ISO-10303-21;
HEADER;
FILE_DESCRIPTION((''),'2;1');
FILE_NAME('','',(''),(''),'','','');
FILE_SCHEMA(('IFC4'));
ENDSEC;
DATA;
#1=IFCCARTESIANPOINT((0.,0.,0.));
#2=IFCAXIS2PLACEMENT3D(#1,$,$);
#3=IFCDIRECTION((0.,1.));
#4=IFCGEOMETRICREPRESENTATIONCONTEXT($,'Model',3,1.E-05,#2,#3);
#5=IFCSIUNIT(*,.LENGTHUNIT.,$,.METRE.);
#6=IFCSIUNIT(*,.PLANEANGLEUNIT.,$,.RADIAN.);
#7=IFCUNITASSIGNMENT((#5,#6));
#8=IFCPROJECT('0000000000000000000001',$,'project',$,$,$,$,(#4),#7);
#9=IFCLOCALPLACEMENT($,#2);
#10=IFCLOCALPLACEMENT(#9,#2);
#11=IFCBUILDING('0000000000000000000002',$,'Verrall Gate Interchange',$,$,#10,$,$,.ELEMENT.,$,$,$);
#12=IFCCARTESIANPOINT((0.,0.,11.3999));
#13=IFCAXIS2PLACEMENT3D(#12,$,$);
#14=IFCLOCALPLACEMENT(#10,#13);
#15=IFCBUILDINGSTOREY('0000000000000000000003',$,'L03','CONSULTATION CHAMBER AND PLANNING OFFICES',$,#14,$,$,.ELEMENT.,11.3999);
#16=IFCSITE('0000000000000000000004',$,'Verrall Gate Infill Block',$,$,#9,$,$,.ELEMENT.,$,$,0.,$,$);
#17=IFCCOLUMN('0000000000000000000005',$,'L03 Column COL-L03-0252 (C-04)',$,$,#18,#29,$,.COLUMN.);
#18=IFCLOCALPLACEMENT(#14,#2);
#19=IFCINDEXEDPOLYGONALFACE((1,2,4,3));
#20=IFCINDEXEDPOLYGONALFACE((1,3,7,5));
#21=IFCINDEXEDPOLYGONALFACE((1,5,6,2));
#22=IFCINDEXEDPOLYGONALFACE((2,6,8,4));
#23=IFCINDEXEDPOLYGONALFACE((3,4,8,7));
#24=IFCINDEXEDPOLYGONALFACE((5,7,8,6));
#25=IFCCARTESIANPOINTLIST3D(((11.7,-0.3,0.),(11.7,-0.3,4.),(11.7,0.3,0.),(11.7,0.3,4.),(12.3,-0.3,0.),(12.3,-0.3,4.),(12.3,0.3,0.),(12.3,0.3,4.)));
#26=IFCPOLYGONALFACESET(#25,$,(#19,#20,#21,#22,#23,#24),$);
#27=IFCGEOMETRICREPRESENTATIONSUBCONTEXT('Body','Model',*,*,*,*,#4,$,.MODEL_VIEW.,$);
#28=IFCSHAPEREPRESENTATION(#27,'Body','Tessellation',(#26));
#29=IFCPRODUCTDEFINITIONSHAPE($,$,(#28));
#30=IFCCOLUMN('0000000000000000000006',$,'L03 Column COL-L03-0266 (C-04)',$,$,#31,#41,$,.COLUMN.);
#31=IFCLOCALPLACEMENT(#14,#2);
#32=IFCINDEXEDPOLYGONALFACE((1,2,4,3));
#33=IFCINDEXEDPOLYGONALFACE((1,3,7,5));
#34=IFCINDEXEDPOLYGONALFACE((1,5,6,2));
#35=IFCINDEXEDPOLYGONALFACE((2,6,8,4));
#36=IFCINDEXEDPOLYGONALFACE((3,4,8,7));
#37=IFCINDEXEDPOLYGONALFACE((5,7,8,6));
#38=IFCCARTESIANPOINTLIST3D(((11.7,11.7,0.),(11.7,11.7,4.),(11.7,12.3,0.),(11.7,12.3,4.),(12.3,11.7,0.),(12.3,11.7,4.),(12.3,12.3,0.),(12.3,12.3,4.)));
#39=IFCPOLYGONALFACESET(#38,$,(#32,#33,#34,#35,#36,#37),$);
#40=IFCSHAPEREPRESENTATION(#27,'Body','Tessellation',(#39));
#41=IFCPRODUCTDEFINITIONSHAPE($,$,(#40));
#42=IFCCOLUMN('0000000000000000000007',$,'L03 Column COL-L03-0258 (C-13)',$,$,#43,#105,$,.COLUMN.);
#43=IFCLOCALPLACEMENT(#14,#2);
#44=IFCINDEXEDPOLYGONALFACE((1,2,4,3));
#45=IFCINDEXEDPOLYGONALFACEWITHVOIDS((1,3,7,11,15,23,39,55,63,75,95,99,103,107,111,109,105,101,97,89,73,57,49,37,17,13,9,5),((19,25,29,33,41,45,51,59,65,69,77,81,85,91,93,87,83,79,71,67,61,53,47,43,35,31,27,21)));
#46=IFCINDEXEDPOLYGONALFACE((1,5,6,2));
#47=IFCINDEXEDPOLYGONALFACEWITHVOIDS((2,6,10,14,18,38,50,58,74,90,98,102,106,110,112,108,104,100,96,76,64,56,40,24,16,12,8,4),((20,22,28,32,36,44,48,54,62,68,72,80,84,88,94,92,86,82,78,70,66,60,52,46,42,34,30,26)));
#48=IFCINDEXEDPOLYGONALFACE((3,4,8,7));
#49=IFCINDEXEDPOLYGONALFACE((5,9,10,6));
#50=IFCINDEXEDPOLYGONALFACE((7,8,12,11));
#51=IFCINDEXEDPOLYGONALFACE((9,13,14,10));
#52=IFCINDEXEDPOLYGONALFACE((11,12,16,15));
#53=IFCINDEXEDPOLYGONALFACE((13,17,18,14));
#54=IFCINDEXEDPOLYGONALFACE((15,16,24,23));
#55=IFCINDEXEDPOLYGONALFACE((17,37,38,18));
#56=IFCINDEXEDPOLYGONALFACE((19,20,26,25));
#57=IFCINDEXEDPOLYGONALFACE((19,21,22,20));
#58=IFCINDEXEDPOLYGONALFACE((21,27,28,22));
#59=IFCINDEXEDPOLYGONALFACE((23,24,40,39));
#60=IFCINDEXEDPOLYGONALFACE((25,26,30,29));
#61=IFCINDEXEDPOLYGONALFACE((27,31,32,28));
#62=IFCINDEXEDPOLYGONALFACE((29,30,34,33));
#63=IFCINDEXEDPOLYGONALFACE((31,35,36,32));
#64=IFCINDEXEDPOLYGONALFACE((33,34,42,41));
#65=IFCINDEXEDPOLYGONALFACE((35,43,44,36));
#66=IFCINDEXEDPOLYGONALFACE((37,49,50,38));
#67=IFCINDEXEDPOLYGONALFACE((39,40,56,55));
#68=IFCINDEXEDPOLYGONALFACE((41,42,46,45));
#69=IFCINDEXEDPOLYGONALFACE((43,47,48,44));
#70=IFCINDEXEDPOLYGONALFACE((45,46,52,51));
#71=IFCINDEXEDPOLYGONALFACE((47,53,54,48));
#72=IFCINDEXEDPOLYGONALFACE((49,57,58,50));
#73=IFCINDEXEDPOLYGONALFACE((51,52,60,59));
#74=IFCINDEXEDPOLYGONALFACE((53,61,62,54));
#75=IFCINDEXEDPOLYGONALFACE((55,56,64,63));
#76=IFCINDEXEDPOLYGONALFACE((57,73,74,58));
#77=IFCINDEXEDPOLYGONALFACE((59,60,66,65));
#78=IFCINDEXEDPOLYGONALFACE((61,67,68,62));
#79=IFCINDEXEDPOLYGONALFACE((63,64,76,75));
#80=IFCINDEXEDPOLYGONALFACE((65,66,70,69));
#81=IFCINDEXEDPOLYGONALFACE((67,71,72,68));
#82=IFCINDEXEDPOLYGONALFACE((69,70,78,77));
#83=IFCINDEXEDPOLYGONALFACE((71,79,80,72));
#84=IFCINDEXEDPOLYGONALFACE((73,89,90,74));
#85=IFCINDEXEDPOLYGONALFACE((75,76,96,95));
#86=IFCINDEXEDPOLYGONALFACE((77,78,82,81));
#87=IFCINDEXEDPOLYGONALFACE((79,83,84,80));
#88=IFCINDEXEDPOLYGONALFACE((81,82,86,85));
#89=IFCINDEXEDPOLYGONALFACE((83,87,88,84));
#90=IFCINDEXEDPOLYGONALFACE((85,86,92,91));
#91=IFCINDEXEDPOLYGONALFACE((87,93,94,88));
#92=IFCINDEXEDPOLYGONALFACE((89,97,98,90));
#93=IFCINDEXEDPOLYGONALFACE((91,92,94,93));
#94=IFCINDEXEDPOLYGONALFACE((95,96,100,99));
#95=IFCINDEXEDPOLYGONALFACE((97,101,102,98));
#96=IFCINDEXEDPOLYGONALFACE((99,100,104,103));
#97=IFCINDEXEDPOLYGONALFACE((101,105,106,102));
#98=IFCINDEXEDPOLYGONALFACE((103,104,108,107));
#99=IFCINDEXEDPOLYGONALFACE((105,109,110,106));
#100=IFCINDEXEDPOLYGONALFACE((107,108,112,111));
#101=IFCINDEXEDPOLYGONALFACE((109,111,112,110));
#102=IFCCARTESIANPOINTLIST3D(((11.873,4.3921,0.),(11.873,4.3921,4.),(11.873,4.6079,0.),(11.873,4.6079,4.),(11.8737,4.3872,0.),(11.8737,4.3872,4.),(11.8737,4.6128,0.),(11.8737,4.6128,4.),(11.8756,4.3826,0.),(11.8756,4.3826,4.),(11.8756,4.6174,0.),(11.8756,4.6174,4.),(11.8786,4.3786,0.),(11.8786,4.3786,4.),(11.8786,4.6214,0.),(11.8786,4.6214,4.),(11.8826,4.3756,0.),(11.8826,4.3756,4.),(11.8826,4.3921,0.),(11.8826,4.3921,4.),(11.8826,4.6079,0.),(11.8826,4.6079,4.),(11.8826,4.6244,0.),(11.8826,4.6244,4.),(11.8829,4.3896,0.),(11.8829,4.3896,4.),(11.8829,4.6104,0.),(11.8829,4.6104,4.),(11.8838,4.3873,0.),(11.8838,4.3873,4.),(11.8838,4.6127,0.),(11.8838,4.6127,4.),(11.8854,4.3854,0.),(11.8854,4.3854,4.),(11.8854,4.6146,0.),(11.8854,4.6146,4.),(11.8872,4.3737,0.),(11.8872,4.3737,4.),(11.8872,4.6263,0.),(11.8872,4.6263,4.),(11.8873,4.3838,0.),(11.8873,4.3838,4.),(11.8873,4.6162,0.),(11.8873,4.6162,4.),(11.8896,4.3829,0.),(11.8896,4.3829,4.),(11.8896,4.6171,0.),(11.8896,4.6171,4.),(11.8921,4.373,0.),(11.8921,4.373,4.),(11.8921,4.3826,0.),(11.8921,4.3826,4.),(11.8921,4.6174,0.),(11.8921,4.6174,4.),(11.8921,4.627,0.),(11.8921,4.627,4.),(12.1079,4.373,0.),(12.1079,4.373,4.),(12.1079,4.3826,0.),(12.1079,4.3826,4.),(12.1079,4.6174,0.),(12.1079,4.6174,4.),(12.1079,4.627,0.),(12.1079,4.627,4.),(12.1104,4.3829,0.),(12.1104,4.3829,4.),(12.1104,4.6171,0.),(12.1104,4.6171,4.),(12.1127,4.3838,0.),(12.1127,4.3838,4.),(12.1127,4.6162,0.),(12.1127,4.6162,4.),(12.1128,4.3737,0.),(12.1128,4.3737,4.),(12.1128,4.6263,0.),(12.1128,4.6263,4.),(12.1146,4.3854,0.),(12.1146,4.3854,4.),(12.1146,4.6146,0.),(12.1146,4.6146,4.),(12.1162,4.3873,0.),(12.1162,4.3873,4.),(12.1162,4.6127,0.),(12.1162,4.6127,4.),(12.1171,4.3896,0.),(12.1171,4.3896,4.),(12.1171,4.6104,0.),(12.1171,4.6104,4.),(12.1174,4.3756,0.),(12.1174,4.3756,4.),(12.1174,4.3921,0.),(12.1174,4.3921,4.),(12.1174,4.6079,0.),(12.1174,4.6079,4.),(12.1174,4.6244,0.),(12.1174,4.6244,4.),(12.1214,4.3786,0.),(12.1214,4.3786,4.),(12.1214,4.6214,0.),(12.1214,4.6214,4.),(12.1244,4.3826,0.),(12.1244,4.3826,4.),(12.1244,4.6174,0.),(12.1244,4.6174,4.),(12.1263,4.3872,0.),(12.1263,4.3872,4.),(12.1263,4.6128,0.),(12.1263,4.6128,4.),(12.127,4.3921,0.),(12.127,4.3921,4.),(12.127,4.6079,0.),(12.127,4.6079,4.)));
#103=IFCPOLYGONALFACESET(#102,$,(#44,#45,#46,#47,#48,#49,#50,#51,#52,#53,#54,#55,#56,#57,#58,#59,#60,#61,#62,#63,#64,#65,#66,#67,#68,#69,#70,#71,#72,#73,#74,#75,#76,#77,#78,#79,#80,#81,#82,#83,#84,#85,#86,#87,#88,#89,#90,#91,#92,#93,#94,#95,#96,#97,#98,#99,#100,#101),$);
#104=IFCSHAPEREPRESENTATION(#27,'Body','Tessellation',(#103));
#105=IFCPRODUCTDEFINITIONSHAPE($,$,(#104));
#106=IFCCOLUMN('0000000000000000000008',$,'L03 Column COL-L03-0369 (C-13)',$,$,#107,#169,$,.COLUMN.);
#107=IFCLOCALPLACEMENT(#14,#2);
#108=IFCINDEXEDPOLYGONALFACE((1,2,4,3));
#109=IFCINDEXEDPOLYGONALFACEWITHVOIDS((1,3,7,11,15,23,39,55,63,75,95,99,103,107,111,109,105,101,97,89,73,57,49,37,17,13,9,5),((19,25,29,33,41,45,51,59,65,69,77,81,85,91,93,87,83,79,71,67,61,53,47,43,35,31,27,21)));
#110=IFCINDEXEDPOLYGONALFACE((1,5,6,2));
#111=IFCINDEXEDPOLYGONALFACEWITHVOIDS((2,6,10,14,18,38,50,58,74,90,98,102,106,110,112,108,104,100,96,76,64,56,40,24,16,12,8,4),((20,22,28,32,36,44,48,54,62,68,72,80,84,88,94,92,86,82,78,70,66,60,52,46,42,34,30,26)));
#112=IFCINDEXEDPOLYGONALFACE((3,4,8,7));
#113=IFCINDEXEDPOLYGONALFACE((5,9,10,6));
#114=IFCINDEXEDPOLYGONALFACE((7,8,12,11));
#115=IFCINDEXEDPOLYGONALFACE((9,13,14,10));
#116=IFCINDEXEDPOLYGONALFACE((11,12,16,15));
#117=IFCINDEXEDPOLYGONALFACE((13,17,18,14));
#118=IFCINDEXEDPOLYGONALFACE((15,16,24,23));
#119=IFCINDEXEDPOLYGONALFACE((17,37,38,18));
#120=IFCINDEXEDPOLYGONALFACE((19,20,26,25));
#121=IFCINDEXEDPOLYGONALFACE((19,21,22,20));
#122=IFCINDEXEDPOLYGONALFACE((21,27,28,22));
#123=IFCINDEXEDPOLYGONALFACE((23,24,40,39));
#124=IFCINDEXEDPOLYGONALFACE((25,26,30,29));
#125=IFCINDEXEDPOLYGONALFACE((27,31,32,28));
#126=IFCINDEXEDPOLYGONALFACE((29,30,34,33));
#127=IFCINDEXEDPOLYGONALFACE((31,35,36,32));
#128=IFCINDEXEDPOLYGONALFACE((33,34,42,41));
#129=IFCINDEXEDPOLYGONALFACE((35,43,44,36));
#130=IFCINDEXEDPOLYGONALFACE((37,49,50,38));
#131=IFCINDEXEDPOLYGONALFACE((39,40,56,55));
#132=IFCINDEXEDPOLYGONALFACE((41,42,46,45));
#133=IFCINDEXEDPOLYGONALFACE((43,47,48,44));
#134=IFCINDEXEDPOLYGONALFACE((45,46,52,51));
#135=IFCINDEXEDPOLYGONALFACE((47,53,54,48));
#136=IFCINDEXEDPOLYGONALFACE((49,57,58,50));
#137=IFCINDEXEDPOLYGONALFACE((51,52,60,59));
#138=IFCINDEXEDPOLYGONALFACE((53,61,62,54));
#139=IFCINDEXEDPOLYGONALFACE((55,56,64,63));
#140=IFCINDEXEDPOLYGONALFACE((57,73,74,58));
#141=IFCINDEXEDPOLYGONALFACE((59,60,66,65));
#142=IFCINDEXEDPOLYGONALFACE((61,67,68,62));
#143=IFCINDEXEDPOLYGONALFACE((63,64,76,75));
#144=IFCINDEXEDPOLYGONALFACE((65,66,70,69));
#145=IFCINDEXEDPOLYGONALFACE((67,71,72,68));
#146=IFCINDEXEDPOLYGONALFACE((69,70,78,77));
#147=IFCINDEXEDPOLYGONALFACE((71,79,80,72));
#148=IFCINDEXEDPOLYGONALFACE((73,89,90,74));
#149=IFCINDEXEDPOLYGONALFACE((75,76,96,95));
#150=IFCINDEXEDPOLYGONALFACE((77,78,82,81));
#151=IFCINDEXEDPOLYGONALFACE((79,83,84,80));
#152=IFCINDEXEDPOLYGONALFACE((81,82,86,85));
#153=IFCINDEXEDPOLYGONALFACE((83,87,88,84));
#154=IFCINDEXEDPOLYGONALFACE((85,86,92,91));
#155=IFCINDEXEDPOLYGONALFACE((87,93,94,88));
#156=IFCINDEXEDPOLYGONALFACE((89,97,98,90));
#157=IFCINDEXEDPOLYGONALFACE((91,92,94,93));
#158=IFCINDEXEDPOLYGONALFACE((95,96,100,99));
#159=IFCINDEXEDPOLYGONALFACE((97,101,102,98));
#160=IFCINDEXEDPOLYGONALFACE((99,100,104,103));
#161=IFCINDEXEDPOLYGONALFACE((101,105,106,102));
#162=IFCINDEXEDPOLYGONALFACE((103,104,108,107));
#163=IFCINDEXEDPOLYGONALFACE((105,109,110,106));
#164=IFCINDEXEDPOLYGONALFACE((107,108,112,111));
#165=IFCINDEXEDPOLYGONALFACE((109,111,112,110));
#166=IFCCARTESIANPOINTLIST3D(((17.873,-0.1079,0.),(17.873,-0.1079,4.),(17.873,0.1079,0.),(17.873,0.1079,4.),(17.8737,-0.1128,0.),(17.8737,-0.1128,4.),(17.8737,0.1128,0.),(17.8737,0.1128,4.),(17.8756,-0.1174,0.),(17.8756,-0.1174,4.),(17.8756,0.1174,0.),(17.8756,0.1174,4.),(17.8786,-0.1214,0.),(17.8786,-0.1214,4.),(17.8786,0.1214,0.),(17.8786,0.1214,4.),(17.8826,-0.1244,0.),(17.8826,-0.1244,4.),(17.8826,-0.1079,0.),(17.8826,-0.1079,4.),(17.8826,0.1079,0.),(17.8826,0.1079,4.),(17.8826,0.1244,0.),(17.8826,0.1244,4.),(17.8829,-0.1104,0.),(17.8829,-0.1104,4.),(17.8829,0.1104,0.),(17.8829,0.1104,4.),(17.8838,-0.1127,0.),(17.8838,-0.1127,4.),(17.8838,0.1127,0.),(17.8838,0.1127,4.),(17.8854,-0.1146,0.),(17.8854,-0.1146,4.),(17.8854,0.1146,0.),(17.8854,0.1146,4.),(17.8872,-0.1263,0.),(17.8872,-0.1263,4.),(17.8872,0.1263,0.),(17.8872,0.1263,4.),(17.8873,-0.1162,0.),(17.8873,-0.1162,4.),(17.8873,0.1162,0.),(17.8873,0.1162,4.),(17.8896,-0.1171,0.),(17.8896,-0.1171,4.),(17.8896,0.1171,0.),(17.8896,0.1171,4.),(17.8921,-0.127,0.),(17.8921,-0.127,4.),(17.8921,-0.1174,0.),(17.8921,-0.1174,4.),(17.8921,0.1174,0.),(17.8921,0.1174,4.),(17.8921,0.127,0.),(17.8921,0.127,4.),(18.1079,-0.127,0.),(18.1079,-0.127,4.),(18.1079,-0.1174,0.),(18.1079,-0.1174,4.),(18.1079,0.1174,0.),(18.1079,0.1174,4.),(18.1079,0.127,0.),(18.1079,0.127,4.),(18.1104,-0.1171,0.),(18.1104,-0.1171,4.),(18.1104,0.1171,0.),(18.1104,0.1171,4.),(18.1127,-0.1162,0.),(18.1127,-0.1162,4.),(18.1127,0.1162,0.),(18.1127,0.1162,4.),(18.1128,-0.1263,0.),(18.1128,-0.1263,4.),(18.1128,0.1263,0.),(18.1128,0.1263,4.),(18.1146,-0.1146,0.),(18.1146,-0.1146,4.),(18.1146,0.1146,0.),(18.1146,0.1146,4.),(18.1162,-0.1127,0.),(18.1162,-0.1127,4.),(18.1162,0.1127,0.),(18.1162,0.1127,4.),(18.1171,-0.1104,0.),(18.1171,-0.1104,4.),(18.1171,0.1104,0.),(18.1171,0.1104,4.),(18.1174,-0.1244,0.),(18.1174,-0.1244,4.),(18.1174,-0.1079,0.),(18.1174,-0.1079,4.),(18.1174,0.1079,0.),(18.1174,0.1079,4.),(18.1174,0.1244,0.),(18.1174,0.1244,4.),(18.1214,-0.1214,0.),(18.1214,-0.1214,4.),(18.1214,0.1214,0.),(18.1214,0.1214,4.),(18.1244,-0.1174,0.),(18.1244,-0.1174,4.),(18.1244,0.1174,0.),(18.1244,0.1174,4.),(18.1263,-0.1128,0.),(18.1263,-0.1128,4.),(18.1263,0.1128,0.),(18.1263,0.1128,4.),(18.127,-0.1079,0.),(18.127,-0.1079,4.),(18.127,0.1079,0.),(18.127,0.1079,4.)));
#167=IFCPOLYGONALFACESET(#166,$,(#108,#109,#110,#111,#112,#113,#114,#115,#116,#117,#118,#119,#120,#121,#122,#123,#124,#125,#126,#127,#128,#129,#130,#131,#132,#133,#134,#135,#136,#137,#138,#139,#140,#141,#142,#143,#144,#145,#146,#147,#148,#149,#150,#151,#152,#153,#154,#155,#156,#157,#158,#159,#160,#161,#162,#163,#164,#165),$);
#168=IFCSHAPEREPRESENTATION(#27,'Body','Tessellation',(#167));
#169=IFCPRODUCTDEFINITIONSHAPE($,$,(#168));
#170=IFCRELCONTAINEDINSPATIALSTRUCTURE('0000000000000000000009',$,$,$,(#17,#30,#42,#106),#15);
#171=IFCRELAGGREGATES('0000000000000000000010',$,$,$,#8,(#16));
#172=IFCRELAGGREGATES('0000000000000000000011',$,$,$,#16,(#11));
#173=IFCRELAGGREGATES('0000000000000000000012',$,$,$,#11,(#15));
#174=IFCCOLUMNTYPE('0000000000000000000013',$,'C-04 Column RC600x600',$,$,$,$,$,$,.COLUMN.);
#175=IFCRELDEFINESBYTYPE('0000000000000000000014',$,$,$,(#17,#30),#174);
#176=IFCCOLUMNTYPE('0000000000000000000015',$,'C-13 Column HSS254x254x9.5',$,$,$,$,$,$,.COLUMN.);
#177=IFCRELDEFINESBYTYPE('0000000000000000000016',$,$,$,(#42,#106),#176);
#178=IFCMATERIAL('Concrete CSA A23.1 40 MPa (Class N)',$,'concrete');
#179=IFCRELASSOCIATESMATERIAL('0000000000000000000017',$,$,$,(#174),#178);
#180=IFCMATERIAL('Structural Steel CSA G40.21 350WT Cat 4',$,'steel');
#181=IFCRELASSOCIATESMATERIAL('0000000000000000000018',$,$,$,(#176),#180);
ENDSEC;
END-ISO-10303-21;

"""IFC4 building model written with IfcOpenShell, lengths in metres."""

from ifc_helpers import new_model, si_unit, direction, frame, origin, origin_2d, place, context, subcontext, project, spatial, rectangle, hollow_rectangle, extrude, material, material_profile, profile_set, type_object, element, save


model = new_model("IFC4")

# Units and contexts
model_context = context("Model", 3, precision=1e-05, world=origin(), true_north=direction((0.0, 1.0)))
body_context = subcontext(model_context, "Body", "Model", "MODEL_VIEW")
ifc_project = project(units=[si_unit("LENGTHUNIT", "METRE"), si_unit("PLANEANGLEUNIT", "RADIAN")], contexts=[model_context])

# Site, building, storey
site_placement = place(None, origin())
site = spatial("IfcSite", under=ifc_project, at=site_placement, Name="Verrall Gate Infill Block", CompositionType="ELEMENT", RefElevation=0.0)
building_placement = place(site_placement, origin())
building = spatial("IfcBuilding", under=site, at=building_placement, Name="Verrall Gate Interchange", CompositionType="ELEMENT")
storey_placement = place(building_placement, frame((0.0, 0.0, 11.3999)))
storey = spatial("IfcBuildingStorey", under=building, at=storey_placement, Name="L03", Description="CONSULTATION CHAMBER AND PLANNING OFFICES", CompositionType="ELEMENT", Elevation=11.3999)

# Columns
ifc_material_1 = material(Name="Concrete CSA A23.1 40 MPa (Class N)", Category="concrete")
ifc_material_profile_1 = material_profile(ifc_material_1, rectangle(XDim=0.6001, YDim=0.6001, at=origin_2d()), Name="RC600x600")
ifc_profile_set_1 = profile_set([ifc_material_profile_1], Name="Concrete CSA A23.1 40 MPa (Class N)")
column_type_1 = type_object("IfcColumnType", Name="C-04 Column RC600x600", PredefinedType="COLUMN", material=ifc_profile_set_1)
for number, where, z_axis, x_axis, name in (
    (1, (12.0, 0.0, 0.0), (0.0, 0.0, 1.0), (1.0, 0.0, 0.0), "L03 Column COL-L03-0252 (C-04)"),
    (2, (12.0, 12.0, 0.0), (0.0, 0.0, 1.0), (1.0, 0.0, 0.0), "L03 Column COL-L03-0266 (C-04)"),
):
    element("IfcColumn", number, at=place(storey_placement, frame(where, z_axis=z_axis, x_axis=x_axis)), inside=storey, type_object=column_type_1, Name=name, PredefinedType="COLUMN", context=body_context, shape_type="SweptSolid", body=[
        extrude(rectangle(XDim=0.6001, YDim=0.6001, at=origin_2d()), origin(), (0.0, 0.0, 1.0), 4.0),
    ])
ifc_material_2 = material(Name="Structural Steel CSA G40.21 350WT Cat 4", Category="steel")
ifc_material_profile_2 = material_profile(ifc_material_2, hollow_rectangle(XDim=0.2539, YDim=0.2539, WallThickness=0.0095, InnerFilletRadius=0.0095, OuterFilletRadius=0.019, at=origin_2d()), Name="HSS254x254x9.5")
ifc_profile_set_2 = profile_set([ifc_material_profile_2], Name="Structural Steel CSA G40.21 350WT Cat 4")
column_type_2 = type_object("IfcColumnType", Name="C-13 Column HSS254x254x9.5", PredefinedType="COLUMN", material=ifc_profile_set_2)
for number, where, z_axis, x_axis, name in (
    (3, (12.0, 4.5, 0.0), (0.0, 0.0, 1.0), (1.0, 0.0, 0.0), "L03 Column COL-L03-0258 (C-13)"),
    (4, (18.0, 0.0, 0.0), (0.0, 0.0, 1.0), (1.0, 0.0, 0.0), "L03 Column COL-L03-0369 (C-13)"),
):
    element("IfcColumn", number, at=place(storey_placement, frame(where, z_axis=z_axis, x_axis=x_axis)), inside=storey, type_object=column_type_2, Name=name, PredefinedType="COLUMN", context=body_context, shape_type="SweptSolid", body=[
        extrude(hollow_rectangle(XDim=0.2539, YDim=0.2539, WallThickness=0.0095, InnerFilletRadius=0.0095, OuterFilletRadius=0.019, at=origin_2d()), origin(), (0.0, 0.0, 1.0), 4.0),
    ])

save(model, "model.ifc")
